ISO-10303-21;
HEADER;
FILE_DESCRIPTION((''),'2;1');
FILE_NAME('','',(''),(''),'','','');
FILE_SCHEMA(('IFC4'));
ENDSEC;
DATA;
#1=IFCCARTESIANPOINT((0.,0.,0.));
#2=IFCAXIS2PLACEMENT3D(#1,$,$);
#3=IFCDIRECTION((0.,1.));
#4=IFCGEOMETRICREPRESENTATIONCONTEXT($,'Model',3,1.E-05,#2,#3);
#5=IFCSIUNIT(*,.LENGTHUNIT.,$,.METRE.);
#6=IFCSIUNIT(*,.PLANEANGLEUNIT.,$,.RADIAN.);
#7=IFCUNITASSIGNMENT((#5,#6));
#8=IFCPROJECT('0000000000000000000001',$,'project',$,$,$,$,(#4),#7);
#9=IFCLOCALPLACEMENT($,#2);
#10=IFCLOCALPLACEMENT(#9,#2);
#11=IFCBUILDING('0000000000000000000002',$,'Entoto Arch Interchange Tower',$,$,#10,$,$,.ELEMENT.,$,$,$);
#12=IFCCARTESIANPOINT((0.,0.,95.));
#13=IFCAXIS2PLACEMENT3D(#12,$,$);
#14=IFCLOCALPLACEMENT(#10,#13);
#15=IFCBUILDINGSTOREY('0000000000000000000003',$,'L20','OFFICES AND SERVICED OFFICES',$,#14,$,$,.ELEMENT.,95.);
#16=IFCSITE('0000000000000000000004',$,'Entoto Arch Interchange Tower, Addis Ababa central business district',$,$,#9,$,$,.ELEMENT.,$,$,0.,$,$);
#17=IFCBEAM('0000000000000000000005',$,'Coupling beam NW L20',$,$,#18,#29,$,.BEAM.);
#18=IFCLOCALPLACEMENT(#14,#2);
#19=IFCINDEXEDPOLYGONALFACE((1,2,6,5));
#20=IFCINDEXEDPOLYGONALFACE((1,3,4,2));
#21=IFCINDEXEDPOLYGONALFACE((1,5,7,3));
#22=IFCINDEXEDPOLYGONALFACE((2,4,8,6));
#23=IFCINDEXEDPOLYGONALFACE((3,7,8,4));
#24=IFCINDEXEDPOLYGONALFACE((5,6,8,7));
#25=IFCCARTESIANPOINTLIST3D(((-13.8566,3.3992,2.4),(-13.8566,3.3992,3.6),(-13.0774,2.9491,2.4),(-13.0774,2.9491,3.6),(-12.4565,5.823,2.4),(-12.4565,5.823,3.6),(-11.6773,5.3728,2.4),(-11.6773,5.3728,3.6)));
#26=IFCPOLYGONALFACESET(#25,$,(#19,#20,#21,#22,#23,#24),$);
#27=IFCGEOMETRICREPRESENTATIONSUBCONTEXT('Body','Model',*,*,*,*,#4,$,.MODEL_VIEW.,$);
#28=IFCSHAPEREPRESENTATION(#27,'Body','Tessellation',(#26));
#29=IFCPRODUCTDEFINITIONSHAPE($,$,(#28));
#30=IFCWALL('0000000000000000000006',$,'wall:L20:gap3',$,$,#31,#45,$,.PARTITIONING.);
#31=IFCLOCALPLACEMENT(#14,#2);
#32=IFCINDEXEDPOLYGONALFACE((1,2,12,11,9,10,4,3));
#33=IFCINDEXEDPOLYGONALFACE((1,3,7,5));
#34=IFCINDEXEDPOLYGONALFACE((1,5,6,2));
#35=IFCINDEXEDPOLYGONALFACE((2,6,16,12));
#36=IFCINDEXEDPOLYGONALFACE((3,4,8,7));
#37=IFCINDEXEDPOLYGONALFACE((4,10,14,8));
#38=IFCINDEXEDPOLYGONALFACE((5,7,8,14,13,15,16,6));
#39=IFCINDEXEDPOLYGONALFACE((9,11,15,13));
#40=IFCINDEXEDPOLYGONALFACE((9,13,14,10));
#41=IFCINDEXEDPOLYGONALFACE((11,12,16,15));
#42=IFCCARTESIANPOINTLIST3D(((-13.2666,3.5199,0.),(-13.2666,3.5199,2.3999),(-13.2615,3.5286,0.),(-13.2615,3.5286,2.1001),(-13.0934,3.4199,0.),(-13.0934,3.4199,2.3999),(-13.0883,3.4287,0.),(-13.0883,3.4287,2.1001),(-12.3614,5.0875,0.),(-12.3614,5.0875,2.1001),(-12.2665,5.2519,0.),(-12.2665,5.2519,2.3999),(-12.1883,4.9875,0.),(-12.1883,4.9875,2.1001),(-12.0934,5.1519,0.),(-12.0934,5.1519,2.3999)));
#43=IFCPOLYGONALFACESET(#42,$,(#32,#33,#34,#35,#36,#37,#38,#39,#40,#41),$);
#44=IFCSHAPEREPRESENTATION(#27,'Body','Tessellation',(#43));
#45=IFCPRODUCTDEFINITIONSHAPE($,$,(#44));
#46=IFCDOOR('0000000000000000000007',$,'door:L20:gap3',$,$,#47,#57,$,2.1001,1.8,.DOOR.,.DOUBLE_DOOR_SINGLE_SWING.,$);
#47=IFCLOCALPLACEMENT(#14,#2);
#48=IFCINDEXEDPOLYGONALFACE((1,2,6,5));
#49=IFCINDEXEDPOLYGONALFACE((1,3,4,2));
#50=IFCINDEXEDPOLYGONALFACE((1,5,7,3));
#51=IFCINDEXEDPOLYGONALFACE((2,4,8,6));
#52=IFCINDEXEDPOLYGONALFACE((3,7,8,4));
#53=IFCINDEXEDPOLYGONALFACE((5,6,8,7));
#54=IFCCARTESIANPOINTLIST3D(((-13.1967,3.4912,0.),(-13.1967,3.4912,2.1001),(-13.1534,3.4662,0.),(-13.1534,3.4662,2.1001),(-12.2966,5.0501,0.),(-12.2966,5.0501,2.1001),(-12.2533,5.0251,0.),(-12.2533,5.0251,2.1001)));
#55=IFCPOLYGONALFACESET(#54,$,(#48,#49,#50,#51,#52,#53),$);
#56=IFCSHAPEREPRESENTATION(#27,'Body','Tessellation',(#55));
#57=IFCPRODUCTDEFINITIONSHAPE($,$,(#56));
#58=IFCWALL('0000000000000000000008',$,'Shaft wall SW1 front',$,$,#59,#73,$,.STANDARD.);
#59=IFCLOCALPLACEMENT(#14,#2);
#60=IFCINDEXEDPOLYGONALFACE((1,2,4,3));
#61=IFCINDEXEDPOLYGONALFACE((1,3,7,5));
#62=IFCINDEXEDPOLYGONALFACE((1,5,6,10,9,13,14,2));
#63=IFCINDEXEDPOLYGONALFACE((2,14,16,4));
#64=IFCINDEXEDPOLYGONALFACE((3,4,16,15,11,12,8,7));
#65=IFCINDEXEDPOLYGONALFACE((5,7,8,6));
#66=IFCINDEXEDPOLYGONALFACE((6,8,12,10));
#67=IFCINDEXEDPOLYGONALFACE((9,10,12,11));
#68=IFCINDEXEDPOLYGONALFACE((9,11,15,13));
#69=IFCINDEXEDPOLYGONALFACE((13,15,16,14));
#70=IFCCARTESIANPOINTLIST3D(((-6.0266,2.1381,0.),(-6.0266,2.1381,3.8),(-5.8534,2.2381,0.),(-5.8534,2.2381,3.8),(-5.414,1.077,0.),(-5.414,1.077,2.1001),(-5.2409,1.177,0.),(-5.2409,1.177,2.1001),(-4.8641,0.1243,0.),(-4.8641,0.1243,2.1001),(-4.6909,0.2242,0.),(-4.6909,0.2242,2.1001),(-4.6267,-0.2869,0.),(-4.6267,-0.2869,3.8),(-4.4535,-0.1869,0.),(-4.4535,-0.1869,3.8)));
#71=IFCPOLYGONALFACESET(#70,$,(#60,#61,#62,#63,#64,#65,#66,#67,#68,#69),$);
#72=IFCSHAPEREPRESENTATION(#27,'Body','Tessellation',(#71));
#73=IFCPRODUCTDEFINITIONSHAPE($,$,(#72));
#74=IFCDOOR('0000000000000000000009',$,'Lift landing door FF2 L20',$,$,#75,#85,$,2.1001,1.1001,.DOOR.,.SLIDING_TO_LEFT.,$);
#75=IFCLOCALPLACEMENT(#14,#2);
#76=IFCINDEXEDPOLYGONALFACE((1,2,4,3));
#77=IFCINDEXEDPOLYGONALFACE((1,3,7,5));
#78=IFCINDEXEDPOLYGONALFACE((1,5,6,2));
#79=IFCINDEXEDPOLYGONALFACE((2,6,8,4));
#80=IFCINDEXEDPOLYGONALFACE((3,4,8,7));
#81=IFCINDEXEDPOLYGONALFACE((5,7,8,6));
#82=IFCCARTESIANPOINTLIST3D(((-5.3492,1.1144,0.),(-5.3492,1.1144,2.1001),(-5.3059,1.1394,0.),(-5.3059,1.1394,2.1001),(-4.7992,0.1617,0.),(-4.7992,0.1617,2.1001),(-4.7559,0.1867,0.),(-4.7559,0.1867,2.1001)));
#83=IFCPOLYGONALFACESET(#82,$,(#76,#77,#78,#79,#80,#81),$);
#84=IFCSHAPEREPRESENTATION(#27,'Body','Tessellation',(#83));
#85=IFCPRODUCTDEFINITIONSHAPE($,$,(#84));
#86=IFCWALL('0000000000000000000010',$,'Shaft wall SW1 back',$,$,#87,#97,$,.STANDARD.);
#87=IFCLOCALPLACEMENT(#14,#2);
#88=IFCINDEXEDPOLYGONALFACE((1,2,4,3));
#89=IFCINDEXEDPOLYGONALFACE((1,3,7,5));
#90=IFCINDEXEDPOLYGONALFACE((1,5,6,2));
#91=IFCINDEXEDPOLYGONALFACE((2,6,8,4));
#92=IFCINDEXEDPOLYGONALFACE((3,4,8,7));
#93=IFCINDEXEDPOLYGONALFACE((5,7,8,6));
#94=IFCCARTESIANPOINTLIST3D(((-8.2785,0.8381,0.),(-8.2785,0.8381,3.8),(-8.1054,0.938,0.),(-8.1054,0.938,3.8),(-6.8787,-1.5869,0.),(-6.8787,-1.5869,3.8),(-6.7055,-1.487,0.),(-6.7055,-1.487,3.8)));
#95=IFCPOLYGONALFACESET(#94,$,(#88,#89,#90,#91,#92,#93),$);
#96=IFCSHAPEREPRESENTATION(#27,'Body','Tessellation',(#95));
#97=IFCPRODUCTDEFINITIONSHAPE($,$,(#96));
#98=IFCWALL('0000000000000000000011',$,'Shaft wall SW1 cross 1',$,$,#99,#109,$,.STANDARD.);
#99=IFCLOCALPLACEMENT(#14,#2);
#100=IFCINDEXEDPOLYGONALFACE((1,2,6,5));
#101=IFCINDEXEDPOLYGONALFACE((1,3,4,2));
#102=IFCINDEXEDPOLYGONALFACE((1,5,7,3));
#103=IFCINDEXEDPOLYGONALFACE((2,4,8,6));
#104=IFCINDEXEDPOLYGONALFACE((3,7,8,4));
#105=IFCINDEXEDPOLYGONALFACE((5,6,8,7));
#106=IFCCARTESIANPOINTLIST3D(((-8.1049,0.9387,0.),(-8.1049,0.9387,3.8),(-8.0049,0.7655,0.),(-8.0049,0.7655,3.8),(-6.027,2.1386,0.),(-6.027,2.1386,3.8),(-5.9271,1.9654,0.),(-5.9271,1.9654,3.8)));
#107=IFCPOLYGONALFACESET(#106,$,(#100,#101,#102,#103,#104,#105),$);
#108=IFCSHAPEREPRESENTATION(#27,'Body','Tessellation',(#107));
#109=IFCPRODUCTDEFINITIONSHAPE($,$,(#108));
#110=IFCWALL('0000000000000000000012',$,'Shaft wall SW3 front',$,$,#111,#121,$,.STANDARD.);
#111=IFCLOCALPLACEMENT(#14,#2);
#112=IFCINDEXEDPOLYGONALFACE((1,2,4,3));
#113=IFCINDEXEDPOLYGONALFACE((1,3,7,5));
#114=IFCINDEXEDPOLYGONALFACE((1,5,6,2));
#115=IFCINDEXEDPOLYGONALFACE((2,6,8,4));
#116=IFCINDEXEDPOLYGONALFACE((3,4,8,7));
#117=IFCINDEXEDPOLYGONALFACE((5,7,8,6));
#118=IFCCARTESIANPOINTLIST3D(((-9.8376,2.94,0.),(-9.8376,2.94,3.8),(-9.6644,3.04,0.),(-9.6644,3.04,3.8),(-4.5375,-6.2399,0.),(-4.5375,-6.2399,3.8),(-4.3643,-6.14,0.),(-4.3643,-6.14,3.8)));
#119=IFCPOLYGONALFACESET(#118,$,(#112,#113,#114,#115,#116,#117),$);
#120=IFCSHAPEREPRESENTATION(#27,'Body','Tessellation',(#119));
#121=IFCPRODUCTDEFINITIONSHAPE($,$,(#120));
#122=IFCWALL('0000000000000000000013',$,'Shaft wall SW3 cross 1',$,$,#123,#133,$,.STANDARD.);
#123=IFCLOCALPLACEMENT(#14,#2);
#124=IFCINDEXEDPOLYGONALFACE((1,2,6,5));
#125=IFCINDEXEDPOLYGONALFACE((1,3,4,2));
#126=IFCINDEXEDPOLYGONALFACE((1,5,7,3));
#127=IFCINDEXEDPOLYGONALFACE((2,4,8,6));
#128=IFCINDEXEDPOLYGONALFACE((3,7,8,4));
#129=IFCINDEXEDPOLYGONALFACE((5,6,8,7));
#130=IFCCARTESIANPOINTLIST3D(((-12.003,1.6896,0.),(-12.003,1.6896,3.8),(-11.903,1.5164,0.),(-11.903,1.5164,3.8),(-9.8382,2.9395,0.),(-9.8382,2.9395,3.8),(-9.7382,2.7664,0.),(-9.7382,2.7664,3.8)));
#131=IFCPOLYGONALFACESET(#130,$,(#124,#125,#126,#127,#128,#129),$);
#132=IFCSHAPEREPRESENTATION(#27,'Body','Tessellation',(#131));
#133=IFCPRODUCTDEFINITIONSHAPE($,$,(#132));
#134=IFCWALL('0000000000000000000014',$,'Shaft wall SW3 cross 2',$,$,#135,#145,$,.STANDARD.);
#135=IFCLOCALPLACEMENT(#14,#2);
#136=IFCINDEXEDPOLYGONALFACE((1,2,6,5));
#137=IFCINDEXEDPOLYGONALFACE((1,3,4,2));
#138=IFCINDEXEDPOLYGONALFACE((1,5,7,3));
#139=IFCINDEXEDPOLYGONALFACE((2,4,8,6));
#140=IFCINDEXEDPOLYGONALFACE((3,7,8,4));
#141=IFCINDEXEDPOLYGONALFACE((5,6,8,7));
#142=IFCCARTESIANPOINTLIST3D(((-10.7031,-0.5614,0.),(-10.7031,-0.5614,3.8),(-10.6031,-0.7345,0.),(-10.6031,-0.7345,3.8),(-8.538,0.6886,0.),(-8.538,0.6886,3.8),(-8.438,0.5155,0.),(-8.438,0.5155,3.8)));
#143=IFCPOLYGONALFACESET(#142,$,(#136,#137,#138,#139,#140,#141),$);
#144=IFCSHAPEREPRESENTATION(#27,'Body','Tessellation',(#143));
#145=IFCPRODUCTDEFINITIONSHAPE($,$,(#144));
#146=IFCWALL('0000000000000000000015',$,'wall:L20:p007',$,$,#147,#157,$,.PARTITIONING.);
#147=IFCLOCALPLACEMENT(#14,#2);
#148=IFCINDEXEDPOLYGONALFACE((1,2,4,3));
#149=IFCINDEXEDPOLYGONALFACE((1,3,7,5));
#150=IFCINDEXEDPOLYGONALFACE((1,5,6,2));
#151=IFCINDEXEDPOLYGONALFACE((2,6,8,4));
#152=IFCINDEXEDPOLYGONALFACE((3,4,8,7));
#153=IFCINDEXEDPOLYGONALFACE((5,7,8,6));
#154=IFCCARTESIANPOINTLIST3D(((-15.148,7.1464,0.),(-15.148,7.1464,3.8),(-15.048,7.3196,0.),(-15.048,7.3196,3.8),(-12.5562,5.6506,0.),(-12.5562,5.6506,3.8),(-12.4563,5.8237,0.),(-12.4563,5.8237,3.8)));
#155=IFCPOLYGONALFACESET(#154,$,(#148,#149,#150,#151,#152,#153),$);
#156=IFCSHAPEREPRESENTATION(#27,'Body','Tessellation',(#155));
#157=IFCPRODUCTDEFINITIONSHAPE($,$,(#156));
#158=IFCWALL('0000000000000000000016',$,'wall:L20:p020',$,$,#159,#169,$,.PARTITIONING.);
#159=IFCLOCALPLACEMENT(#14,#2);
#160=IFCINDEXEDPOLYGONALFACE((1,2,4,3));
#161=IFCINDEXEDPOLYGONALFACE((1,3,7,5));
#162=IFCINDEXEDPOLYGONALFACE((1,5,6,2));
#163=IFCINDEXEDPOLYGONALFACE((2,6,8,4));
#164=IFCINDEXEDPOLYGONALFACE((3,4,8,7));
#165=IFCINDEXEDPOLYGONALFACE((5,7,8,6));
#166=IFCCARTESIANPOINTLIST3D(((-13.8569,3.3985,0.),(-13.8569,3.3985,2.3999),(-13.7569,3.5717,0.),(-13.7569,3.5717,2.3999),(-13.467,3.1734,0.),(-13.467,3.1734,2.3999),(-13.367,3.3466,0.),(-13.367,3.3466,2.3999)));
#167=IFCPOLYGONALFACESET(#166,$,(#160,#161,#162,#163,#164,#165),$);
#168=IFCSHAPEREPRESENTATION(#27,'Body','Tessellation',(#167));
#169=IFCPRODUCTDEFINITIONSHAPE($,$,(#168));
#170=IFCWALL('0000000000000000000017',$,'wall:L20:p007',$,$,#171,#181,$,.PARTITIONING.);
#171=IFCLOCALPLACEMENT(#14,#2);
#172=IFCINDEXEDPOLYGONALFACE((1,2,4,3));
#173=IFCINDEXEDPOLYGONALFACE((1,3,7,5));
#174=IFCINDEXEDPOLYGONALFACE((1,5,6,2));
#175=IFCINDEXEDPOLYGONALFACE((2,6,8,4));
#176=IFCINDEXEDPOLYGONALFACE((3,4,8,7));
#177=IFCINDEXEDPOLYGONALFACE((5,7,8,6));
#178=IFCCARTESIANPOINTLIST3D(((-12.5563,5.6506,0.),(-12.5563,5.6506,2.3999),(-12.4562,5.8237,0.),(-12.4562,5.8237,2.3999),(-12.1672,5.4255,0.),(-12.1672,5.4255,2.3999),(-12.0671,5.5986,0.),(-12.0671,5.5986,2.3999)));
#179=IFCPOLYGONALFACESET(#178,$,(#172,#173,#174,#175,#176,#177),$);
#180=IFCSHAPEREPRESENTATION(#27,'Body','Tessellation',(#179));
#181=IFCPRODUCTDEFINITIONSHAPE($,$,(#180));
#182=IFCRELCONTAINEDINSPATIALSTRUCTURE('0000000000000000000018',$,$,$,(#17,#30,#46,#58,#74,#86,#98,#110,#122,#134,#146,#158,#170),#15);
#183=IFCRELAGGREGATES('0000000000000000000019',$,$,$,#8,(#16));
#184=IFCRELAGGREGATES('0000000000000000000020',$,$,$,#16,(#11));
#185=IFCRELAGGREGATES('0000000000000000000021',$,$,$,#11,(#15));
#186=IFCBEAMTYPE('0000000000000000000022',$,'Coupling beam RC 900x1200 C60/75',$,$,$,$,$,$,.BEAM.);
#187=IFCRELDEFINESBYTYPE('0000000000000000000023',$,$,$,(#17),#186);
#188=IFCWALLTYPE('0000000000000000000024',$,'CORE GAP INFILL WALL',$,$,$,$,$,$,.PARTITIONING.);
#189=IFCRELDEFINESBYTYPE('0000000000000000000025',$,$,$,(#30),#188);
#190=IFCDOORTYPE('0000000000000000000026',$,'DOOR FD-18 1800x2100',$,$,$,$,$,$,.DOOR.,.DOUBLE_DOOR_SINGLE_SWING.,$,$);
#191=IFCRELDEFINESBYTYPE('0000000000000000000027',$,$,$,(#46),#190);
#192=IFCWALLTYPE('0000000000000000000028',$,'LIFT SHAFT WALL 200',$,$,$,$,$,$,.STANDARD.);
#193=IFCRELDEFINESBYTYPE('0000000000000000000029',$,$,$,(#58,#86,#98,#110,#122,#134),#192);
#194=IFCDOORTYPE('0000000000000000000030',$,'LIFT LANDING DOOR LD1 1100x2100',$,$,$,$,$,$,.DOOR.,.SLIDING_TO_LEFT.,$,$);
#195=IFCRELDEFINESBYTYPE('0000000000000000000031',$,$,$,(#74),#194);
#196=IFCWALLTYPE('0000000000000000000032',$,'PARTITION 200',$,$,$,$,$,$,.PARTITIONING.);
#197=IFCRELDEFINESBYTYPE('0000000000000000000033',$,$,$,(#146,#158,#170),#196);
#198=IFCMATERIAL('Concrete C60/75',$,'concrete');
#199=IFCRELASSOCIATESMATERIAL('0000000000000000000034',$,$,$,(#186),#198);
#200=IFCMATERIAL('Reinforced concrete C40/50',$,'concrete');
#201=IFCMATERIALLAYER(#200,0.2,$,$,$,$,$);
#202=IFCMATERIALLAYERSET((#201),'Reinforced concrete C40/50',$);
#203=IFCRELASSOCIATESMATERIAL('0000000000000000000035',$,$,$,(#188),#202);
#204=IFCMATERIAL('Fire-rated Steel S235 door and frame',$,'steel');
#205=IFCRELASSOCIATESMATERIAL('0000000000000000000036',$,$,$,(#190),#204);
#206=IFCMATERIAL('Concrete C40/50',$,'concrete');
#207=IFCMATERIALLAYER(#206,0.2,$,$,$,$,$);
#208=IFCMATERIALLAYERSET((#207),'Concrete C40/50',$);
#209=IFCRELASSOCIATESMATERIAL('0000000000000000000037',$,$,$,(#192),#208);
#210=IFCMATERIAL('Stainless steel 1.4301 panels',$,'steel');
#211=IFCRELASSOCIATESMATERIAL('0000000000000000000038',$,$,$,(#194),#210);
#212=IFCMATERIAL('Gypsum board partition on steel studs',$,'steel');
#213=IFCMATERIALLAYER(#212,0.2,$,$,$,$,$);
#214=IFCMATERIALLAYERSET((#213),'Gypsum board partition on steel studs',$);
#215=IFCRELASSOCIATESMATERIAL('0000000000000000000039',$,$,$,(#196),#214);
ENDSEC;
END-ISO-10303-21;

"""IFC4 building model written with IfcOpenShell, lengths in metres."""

from ifc_helpers import new_model, si_unit, direction, frame, frame_2d, origin, origin_2d, place, context, subcontext, project, spatial, rectangle, extrude, material, layer, layer_set, material_profile, profile_set, type_object, element, fill, save


model = new_model("IFC4")

# Units and contexts
model_context = context("Model", 3, precision=1e-05, world=origin(), true_north=direction((0.0, 1.0)))
body_context = subcontext(model_context, "Body", "Model", "MODEL_VIEW")
ifc_project = project(units=[si_unit("LENGTHUNIT", "METRE"), si_unit("PLANEANGLEUNIT", "RADIAN")], contexts=[model_context])

# Site, building, storey
site_placement = place(None, origin())
site = spatial("IfcSite", under=ifc_project, at=site_placement, Name="Entoto Arch Interchange Tower, Addis Ababa central business district", CompositionType="ELEMENT", RefElevation=0.0)
building_placement = place(site_placement, origin())
building = spatial("IfcBuilding", under=site, at=building_placement, Name="Entoto Arch Interchange Tower", CompositionType="ELEMENT")
storey_placement = place(building_placement, frame((0.0, 0.0, 95.0)))
storey = spatial("IfcBuildingStorey", under=building, at=storey_placement, Name="L20", Description="OFFICES AND SERVICED OFFICES", CompositionType="ELEMENT", Elevation=95.0)

# Beam
ifc_material_1 = material(Name="Concrete C60/75", Category="concrete")
ifc_material_profile = material_profile(ifc_material_1, rectangle(XDim=0.8999, YDim=1.2, at=origin_2d()))
ifc_profile_set = profile_set([ifc_material_profile], Name="Concrete C60/75")
beam_type = type_object("IfcBeamType", Name="Coupling beam RC 900x1200 C60/75", PredefinedType="BEAM", material=ifc_profile_set)
beam_placement = place(storey_placement, frame((-12.0669, 5.5979, 3.0), z_axis=(-0.500201, -0.86591, 0.0), x_axis=(0.86591, -0.500201, 0.0)))
element("IfcBeam", 1, at=beam_placement, inside=storey, type_object=beam_type, Name="Coupling beam NW L20", PredefinedType="BEAM", context=body_context, shape_type="SweptSolid", body=[
    extrude(rectangle(XDim=0.8999, YDim=1.2, at=origin_2d()), origin(), (0.0, 0.0, 1.0), 2.7991),
])

# Walls, openings, doors
ifc_material_2 = material(Name="Reinforced concrete C40/50", Category="concrete")
ifc_layer_1 = layer(ifc_material_2, 0.2)
ifc_layer_set_1 = layer_set([ifc_layer_1], Name="Reinforced concrete C40/50")
wall_type_1 = type_object("IfcWallType", Name="CORE GAP INFILL WALL", PredefinedType="PARTITIONING", material=ifc_layer_set_1)
wall_1_placement = place(storey_placement, frame((-12.1799, 5.2019, 0.0), z_axis=(0.0, 0.0, 1.0), x_axis=(-0.500025, -0.866011, 0.0)))
wall_1 = element("IfcWall", 2, at=wall_1_placement, inside=storey, type_object=wall_type_1, Name="wall:L20:gap3", PredefinedType="PARTITIONING", context=body_context, shape_type="SweptSolid", body=[
    extrude(rectangle(XDim=2.0, YDim=0.2, at=frame_2d((1.0, 0.0))), origin(), (0.0, 0.0, 1.0), 2.3999),
])
opening_1_placement = place(wall_1_placement, frame((0.1899, 0.0, 0.0)))
opening_1 = element("IfcOpeningElement", 3, at=opening_1_placement, cuts=wall_1, PredefinedType="OPENING", context=body_context, shape_type="SweptSolid", body=[
    extrude(rectangle(XDim=1.8, YDim=2.1001, at=frame_2d((0.8999, 1.05))), frame((0.0, 0.1099, 0.0), z_axis=(0.0, -1.0, 0.0), x_axis=(1.0, 0.0, 0.0)), (0.0, 0.0, 1.0), 0.22),
])
ifc_material_3 = material(Name="Fire-rated Steel S235 door and frame", Category="steel")
door_type_1 = type_object("IfcDoorType", Name="DOOR FD-18 1800x2100", OperationType="DOUBLE_DOOR_SINGLE_SWING", PredefinedType="DOOR", material=ifc_material_3)
door_1_placement = place(opening_1_placement, origin())
door_1 = element("IfcDoor", 4, at=door_1_placement, inside=storey, type_object=door_type_1, Name="door:L20:gap3", OperationType="DOUBLE_DOOR_SINGLE_SWING", OverallHeight=2.1001, OverallWidth=1.8, PredefinedType="DOOR", context=body_context, shape_type="SweptSolid", body=[
    extrude(rectangle(XDim=1.8, YDim=2.1001, at=frame_2d((0.8999, 1.05))), frame((0.0, 0.0249, 0.0), z_axis=(0.0, -1.0, 0.0), x_axis=(1.0, 0.0, 0.0)), (0.0, 0.0, 1.0), 0.05),
])
fill(opening_1, door_1)
ifc_material_4 = material(Name="Concrete C40/50", Category="concrete")
ifc_layer_2 = layer(ifc_material_4, 0.2)
ifc_layer_set_2 = layer_set([ifc_layer_2], Name="Concrete C40/50")
wall_type_2 = type_object("IfcWallType", Name="LIFT SHAFT WALL 200", PredefinedType="STANDARD", material=ifc_layer_set_2)
wall_2_placement = place(storey_placement, frame((-5.9399, 2.188, 0.0), z_axis=(0.0, 0.0, 1.0), x_axis=(0.499946, -0.866056, 0.0)))
wall_2 = element("IfcWall", 5, at=wall_2_placement, inside=storey, type_object=wall_type_2, Name="Shaft wall SW1 front", PredefinedType="STANDARD", context=body_context, shape_type="SweptSolid", body=[
    extrude(rectangle(XDim=2.8, YDim=0.2, at=frame_2d((1.3999, 0.0))), origin(), (0.0, 0.0, 1.0), 3.8),
])
opening_2_placement = place(wall_2_placement, frame((1.2251, 0.0, 0.0)))
opening_2 = element("IfcOpeningElement", 6, at=opening_2_placement, cuts=wall_2, PredefinedType="OPENING", context=body_context, shape_type="SweptSolid", body=[
    extrude(rectangle(XDim=1.1001, YDim=2.1001, at=frame_2d((0.55, 1.05))), frame((0.0, 0.1099, 0.0), z_axis=(0.0, -1.0, 0.0), x_axis=(1.0, 0.0, 0.0)), (0.0, 0.0, 1.0), 0.22),
])
ifc_material_5 = material(Name="Stainless steel 1.4301 panels", Category="steel")
door_type_2 = type_object("IfcDoorType", Name="LIFT LANDING DOOR LD1 1100x2100", OperationType="SLIDING_TO_LEFT", PredefinedType="DOOR", material=ifc_material_5)
door_2_placement = place(opening_2_placement, origin())
door_2 = element("IfcDoor", 7, at=door_2_placement, inside=storey, type_object=door_type_2, Name="Lift landing door FF2 L20", OperationType="SLIDING_TO_LEFT", OverallHeight=2.1001, OverallWidth=1.1001, PredefinedType="DOOR", context=body_context, shape_type="SweptSolid", body=[
    extrude(rectangle(XDim=1.1001, YDim=2.1001, at=frame_2d((0.55, 1.05))), frame((0.0, 0.0249, 0.0), z_axis=(0.0, -1.0, 0.0), x_axis=(1.0, 0.0, 0.0)), (0.0, 0.0, 1.0), 0.05),
])
fill(opening_2, door_2)

# Walls
wall_3_placement = place(storey_placement, frame((-8.1919, 0.8879, 0.0), z_axis=(0.0, 0.0, 1.0), x_axis=(0.499946, -0.866056, 0.0)))
element("IfcWall", 8, at=wall_3_placement, inside=storey, type_object=wall_type_2, Name="Shaft wall SW1 back", PredefinedType="STANDARD", context=body_context, shape_type="SweptSolid", body=[
    extrude(rectangle(XDim=2.8, YDim=0.2, at=frame_2d((1.3999, 0.0))), origin(), (0.0, 0.0, 1.0), 3.8),
])
wall_4_placement = place(storey_placement, frame((-5.9771, 2.052, 0.0), z_axis=(0.0, 0.0, 1.0), x_axis=(-0.865974, -0.500089, 0.0)))
element("IfcWall", 9, at=wall_4_placement, inside=storey, type_object=wall_type_2, Name="Shaft wall SW1 cross 1", PredefinedType="STANDARD", context=body_context, shape_type="SweptSolid", body=[
    extrude(rectangle(XDim=2.3994, YDim=0.2, at=frame_2d((1.1997, 0.0))), origin(), (0.0, 0.0, 1.0), 3.8),
])
wall_5_placement = place(storey_placement, frame((-9.751, 2.99, 0.0), z_axis=(0.0, 0.0, 1.0), x_axis=(0.500001, -0.866025, 0.0)))
element("IfcWall", 10, at=wall_5_placement, inside=storey, type_object=wall_type_2, Name="Shaft wall SW3 front", PredefinedType="STANDARD", context=body_context, shape_type="SweptSolid", body=[
    extrude(rectangle(XDim=10.6001, YDim=0.2, at=frame_2d((5.3, 0.0))), origin(), (0.0, 0.0, 1.0), 3.8),
])
wall_6_placement = place(storey_placement, frame((-9.7881, 2.853, 0.0), z_axis=(0.0, 0.0, 1.0), x_axis=(-0.865999, -0.500047, 0.0)))
element("IfcWall", 11, at=wall_6_placement, inside=storey, type_object=wall_type_2, Name="Shaft wall SW3 cross 1", PredefinedType="STANDARD", context=body_context, shape_type="SweptSolid", body=[
    extrude(rectangle(XDim=2.4998, YDim=0.2, at=frame_2d((1.25, 0.0))), origin(), (0.0, 0.0, 1.0), 3.8),
])
wall_7_placement = place(storey_placement, frame((-8.488, 0.6021, 0.0), z_axis=(0.0, 0.0, 1.0), x_axis=(-0.866023, -0.500004, 0.0)))
element("IfcWall", 12, at=wall_7_placement, inside=storey, type_object=wall_type_2, Name="Shaft wall SW3 cross 2", PredefinedType="STANDARD", context=body_context, shape_type="SweptSolid", body=[
    extrude(rectangle(XDim=2.5, YDim=0.2, at=frame_2d((1.25, 0.0))), origin(), (0.0, 0.0, 1.0), 3.8),
])
ifc_material_6 = material(Name="Gypsum board partition on steel studs", Category="steel")
ifc_layer_3 = layer(ifc_material_6, 0.2)
ifc_layer_set_3 = layer_set([ifc_layer_3], Name="Gypsum board partition on steel studs")
wall_type_3 = type_object("IfcWallType", Name="PARTITION 200", PredefinedType="PARTITIONING", material=ifc_layer_set_3)
wall_8_placement = place(storey_placement, frame((-15.0979, 7.2329, 0.0), z_axis=(0.0, 0.0, 1.0), x_axis=(0.866101, -0.499868, 0.0)))
element("IfcWall", 13, at=wall_8_placement, inside=storey, type_object=wall_type_3, Name="wall:L20:p007", PredefinedType="PARTITIONING", context=body_context, shape_type="SweptSolid", body=[
    extrude(rectangle(XDim=2.9924, YDim=0.2, at=frame_2d((1.4961, 0.0))), origin(), (0.0, 0.0, 1.0), 3.8),
])
wall_9_placement = place(storey_placement, frame((-13.417, 3.26, 0.0), z_axis=(0.0, 0.0, 1.0), x_axis=(-0.866032, 0.499988, 0.0)))
element("IfcWall", 14, at=wall_9_placement, inside=storey, type_object=wall_type_3, Name="wall:L20:p020", PredefinedType="PARTITIONING", context=body_context, shape_type="SweptSolid", body=[
    extrude(rectangle(XDim=0.4502, YDim=0.2, at=frame_2d((0.2251, 0.0))), origin(), (0.0, 0.0, 1.0), 2.3999),
])
wall_10_placement = place(storey_placement, frame((-12.5061, 5.7371, 0.0), z_axis=(0.0, 0.0, 1.0), x_axis=(0.865625, -0.500694, 0.0)))
element("IfcWall", 15, at=wall_10_placement, inside=storey, type_object=wall_type_3, Name="wall:L20:p007", PredefinedType="PARTITIONING", context=body_context, shape_type="SweptSolid", body=[
    extrude(rectangle(XDim=0.4495, YDim=0.2, at=frame_2d((0.2246, 0.0))), origin(), (0.0, 0.0, 1.0), 2.3999),
])

save(model, "model.ifc")
